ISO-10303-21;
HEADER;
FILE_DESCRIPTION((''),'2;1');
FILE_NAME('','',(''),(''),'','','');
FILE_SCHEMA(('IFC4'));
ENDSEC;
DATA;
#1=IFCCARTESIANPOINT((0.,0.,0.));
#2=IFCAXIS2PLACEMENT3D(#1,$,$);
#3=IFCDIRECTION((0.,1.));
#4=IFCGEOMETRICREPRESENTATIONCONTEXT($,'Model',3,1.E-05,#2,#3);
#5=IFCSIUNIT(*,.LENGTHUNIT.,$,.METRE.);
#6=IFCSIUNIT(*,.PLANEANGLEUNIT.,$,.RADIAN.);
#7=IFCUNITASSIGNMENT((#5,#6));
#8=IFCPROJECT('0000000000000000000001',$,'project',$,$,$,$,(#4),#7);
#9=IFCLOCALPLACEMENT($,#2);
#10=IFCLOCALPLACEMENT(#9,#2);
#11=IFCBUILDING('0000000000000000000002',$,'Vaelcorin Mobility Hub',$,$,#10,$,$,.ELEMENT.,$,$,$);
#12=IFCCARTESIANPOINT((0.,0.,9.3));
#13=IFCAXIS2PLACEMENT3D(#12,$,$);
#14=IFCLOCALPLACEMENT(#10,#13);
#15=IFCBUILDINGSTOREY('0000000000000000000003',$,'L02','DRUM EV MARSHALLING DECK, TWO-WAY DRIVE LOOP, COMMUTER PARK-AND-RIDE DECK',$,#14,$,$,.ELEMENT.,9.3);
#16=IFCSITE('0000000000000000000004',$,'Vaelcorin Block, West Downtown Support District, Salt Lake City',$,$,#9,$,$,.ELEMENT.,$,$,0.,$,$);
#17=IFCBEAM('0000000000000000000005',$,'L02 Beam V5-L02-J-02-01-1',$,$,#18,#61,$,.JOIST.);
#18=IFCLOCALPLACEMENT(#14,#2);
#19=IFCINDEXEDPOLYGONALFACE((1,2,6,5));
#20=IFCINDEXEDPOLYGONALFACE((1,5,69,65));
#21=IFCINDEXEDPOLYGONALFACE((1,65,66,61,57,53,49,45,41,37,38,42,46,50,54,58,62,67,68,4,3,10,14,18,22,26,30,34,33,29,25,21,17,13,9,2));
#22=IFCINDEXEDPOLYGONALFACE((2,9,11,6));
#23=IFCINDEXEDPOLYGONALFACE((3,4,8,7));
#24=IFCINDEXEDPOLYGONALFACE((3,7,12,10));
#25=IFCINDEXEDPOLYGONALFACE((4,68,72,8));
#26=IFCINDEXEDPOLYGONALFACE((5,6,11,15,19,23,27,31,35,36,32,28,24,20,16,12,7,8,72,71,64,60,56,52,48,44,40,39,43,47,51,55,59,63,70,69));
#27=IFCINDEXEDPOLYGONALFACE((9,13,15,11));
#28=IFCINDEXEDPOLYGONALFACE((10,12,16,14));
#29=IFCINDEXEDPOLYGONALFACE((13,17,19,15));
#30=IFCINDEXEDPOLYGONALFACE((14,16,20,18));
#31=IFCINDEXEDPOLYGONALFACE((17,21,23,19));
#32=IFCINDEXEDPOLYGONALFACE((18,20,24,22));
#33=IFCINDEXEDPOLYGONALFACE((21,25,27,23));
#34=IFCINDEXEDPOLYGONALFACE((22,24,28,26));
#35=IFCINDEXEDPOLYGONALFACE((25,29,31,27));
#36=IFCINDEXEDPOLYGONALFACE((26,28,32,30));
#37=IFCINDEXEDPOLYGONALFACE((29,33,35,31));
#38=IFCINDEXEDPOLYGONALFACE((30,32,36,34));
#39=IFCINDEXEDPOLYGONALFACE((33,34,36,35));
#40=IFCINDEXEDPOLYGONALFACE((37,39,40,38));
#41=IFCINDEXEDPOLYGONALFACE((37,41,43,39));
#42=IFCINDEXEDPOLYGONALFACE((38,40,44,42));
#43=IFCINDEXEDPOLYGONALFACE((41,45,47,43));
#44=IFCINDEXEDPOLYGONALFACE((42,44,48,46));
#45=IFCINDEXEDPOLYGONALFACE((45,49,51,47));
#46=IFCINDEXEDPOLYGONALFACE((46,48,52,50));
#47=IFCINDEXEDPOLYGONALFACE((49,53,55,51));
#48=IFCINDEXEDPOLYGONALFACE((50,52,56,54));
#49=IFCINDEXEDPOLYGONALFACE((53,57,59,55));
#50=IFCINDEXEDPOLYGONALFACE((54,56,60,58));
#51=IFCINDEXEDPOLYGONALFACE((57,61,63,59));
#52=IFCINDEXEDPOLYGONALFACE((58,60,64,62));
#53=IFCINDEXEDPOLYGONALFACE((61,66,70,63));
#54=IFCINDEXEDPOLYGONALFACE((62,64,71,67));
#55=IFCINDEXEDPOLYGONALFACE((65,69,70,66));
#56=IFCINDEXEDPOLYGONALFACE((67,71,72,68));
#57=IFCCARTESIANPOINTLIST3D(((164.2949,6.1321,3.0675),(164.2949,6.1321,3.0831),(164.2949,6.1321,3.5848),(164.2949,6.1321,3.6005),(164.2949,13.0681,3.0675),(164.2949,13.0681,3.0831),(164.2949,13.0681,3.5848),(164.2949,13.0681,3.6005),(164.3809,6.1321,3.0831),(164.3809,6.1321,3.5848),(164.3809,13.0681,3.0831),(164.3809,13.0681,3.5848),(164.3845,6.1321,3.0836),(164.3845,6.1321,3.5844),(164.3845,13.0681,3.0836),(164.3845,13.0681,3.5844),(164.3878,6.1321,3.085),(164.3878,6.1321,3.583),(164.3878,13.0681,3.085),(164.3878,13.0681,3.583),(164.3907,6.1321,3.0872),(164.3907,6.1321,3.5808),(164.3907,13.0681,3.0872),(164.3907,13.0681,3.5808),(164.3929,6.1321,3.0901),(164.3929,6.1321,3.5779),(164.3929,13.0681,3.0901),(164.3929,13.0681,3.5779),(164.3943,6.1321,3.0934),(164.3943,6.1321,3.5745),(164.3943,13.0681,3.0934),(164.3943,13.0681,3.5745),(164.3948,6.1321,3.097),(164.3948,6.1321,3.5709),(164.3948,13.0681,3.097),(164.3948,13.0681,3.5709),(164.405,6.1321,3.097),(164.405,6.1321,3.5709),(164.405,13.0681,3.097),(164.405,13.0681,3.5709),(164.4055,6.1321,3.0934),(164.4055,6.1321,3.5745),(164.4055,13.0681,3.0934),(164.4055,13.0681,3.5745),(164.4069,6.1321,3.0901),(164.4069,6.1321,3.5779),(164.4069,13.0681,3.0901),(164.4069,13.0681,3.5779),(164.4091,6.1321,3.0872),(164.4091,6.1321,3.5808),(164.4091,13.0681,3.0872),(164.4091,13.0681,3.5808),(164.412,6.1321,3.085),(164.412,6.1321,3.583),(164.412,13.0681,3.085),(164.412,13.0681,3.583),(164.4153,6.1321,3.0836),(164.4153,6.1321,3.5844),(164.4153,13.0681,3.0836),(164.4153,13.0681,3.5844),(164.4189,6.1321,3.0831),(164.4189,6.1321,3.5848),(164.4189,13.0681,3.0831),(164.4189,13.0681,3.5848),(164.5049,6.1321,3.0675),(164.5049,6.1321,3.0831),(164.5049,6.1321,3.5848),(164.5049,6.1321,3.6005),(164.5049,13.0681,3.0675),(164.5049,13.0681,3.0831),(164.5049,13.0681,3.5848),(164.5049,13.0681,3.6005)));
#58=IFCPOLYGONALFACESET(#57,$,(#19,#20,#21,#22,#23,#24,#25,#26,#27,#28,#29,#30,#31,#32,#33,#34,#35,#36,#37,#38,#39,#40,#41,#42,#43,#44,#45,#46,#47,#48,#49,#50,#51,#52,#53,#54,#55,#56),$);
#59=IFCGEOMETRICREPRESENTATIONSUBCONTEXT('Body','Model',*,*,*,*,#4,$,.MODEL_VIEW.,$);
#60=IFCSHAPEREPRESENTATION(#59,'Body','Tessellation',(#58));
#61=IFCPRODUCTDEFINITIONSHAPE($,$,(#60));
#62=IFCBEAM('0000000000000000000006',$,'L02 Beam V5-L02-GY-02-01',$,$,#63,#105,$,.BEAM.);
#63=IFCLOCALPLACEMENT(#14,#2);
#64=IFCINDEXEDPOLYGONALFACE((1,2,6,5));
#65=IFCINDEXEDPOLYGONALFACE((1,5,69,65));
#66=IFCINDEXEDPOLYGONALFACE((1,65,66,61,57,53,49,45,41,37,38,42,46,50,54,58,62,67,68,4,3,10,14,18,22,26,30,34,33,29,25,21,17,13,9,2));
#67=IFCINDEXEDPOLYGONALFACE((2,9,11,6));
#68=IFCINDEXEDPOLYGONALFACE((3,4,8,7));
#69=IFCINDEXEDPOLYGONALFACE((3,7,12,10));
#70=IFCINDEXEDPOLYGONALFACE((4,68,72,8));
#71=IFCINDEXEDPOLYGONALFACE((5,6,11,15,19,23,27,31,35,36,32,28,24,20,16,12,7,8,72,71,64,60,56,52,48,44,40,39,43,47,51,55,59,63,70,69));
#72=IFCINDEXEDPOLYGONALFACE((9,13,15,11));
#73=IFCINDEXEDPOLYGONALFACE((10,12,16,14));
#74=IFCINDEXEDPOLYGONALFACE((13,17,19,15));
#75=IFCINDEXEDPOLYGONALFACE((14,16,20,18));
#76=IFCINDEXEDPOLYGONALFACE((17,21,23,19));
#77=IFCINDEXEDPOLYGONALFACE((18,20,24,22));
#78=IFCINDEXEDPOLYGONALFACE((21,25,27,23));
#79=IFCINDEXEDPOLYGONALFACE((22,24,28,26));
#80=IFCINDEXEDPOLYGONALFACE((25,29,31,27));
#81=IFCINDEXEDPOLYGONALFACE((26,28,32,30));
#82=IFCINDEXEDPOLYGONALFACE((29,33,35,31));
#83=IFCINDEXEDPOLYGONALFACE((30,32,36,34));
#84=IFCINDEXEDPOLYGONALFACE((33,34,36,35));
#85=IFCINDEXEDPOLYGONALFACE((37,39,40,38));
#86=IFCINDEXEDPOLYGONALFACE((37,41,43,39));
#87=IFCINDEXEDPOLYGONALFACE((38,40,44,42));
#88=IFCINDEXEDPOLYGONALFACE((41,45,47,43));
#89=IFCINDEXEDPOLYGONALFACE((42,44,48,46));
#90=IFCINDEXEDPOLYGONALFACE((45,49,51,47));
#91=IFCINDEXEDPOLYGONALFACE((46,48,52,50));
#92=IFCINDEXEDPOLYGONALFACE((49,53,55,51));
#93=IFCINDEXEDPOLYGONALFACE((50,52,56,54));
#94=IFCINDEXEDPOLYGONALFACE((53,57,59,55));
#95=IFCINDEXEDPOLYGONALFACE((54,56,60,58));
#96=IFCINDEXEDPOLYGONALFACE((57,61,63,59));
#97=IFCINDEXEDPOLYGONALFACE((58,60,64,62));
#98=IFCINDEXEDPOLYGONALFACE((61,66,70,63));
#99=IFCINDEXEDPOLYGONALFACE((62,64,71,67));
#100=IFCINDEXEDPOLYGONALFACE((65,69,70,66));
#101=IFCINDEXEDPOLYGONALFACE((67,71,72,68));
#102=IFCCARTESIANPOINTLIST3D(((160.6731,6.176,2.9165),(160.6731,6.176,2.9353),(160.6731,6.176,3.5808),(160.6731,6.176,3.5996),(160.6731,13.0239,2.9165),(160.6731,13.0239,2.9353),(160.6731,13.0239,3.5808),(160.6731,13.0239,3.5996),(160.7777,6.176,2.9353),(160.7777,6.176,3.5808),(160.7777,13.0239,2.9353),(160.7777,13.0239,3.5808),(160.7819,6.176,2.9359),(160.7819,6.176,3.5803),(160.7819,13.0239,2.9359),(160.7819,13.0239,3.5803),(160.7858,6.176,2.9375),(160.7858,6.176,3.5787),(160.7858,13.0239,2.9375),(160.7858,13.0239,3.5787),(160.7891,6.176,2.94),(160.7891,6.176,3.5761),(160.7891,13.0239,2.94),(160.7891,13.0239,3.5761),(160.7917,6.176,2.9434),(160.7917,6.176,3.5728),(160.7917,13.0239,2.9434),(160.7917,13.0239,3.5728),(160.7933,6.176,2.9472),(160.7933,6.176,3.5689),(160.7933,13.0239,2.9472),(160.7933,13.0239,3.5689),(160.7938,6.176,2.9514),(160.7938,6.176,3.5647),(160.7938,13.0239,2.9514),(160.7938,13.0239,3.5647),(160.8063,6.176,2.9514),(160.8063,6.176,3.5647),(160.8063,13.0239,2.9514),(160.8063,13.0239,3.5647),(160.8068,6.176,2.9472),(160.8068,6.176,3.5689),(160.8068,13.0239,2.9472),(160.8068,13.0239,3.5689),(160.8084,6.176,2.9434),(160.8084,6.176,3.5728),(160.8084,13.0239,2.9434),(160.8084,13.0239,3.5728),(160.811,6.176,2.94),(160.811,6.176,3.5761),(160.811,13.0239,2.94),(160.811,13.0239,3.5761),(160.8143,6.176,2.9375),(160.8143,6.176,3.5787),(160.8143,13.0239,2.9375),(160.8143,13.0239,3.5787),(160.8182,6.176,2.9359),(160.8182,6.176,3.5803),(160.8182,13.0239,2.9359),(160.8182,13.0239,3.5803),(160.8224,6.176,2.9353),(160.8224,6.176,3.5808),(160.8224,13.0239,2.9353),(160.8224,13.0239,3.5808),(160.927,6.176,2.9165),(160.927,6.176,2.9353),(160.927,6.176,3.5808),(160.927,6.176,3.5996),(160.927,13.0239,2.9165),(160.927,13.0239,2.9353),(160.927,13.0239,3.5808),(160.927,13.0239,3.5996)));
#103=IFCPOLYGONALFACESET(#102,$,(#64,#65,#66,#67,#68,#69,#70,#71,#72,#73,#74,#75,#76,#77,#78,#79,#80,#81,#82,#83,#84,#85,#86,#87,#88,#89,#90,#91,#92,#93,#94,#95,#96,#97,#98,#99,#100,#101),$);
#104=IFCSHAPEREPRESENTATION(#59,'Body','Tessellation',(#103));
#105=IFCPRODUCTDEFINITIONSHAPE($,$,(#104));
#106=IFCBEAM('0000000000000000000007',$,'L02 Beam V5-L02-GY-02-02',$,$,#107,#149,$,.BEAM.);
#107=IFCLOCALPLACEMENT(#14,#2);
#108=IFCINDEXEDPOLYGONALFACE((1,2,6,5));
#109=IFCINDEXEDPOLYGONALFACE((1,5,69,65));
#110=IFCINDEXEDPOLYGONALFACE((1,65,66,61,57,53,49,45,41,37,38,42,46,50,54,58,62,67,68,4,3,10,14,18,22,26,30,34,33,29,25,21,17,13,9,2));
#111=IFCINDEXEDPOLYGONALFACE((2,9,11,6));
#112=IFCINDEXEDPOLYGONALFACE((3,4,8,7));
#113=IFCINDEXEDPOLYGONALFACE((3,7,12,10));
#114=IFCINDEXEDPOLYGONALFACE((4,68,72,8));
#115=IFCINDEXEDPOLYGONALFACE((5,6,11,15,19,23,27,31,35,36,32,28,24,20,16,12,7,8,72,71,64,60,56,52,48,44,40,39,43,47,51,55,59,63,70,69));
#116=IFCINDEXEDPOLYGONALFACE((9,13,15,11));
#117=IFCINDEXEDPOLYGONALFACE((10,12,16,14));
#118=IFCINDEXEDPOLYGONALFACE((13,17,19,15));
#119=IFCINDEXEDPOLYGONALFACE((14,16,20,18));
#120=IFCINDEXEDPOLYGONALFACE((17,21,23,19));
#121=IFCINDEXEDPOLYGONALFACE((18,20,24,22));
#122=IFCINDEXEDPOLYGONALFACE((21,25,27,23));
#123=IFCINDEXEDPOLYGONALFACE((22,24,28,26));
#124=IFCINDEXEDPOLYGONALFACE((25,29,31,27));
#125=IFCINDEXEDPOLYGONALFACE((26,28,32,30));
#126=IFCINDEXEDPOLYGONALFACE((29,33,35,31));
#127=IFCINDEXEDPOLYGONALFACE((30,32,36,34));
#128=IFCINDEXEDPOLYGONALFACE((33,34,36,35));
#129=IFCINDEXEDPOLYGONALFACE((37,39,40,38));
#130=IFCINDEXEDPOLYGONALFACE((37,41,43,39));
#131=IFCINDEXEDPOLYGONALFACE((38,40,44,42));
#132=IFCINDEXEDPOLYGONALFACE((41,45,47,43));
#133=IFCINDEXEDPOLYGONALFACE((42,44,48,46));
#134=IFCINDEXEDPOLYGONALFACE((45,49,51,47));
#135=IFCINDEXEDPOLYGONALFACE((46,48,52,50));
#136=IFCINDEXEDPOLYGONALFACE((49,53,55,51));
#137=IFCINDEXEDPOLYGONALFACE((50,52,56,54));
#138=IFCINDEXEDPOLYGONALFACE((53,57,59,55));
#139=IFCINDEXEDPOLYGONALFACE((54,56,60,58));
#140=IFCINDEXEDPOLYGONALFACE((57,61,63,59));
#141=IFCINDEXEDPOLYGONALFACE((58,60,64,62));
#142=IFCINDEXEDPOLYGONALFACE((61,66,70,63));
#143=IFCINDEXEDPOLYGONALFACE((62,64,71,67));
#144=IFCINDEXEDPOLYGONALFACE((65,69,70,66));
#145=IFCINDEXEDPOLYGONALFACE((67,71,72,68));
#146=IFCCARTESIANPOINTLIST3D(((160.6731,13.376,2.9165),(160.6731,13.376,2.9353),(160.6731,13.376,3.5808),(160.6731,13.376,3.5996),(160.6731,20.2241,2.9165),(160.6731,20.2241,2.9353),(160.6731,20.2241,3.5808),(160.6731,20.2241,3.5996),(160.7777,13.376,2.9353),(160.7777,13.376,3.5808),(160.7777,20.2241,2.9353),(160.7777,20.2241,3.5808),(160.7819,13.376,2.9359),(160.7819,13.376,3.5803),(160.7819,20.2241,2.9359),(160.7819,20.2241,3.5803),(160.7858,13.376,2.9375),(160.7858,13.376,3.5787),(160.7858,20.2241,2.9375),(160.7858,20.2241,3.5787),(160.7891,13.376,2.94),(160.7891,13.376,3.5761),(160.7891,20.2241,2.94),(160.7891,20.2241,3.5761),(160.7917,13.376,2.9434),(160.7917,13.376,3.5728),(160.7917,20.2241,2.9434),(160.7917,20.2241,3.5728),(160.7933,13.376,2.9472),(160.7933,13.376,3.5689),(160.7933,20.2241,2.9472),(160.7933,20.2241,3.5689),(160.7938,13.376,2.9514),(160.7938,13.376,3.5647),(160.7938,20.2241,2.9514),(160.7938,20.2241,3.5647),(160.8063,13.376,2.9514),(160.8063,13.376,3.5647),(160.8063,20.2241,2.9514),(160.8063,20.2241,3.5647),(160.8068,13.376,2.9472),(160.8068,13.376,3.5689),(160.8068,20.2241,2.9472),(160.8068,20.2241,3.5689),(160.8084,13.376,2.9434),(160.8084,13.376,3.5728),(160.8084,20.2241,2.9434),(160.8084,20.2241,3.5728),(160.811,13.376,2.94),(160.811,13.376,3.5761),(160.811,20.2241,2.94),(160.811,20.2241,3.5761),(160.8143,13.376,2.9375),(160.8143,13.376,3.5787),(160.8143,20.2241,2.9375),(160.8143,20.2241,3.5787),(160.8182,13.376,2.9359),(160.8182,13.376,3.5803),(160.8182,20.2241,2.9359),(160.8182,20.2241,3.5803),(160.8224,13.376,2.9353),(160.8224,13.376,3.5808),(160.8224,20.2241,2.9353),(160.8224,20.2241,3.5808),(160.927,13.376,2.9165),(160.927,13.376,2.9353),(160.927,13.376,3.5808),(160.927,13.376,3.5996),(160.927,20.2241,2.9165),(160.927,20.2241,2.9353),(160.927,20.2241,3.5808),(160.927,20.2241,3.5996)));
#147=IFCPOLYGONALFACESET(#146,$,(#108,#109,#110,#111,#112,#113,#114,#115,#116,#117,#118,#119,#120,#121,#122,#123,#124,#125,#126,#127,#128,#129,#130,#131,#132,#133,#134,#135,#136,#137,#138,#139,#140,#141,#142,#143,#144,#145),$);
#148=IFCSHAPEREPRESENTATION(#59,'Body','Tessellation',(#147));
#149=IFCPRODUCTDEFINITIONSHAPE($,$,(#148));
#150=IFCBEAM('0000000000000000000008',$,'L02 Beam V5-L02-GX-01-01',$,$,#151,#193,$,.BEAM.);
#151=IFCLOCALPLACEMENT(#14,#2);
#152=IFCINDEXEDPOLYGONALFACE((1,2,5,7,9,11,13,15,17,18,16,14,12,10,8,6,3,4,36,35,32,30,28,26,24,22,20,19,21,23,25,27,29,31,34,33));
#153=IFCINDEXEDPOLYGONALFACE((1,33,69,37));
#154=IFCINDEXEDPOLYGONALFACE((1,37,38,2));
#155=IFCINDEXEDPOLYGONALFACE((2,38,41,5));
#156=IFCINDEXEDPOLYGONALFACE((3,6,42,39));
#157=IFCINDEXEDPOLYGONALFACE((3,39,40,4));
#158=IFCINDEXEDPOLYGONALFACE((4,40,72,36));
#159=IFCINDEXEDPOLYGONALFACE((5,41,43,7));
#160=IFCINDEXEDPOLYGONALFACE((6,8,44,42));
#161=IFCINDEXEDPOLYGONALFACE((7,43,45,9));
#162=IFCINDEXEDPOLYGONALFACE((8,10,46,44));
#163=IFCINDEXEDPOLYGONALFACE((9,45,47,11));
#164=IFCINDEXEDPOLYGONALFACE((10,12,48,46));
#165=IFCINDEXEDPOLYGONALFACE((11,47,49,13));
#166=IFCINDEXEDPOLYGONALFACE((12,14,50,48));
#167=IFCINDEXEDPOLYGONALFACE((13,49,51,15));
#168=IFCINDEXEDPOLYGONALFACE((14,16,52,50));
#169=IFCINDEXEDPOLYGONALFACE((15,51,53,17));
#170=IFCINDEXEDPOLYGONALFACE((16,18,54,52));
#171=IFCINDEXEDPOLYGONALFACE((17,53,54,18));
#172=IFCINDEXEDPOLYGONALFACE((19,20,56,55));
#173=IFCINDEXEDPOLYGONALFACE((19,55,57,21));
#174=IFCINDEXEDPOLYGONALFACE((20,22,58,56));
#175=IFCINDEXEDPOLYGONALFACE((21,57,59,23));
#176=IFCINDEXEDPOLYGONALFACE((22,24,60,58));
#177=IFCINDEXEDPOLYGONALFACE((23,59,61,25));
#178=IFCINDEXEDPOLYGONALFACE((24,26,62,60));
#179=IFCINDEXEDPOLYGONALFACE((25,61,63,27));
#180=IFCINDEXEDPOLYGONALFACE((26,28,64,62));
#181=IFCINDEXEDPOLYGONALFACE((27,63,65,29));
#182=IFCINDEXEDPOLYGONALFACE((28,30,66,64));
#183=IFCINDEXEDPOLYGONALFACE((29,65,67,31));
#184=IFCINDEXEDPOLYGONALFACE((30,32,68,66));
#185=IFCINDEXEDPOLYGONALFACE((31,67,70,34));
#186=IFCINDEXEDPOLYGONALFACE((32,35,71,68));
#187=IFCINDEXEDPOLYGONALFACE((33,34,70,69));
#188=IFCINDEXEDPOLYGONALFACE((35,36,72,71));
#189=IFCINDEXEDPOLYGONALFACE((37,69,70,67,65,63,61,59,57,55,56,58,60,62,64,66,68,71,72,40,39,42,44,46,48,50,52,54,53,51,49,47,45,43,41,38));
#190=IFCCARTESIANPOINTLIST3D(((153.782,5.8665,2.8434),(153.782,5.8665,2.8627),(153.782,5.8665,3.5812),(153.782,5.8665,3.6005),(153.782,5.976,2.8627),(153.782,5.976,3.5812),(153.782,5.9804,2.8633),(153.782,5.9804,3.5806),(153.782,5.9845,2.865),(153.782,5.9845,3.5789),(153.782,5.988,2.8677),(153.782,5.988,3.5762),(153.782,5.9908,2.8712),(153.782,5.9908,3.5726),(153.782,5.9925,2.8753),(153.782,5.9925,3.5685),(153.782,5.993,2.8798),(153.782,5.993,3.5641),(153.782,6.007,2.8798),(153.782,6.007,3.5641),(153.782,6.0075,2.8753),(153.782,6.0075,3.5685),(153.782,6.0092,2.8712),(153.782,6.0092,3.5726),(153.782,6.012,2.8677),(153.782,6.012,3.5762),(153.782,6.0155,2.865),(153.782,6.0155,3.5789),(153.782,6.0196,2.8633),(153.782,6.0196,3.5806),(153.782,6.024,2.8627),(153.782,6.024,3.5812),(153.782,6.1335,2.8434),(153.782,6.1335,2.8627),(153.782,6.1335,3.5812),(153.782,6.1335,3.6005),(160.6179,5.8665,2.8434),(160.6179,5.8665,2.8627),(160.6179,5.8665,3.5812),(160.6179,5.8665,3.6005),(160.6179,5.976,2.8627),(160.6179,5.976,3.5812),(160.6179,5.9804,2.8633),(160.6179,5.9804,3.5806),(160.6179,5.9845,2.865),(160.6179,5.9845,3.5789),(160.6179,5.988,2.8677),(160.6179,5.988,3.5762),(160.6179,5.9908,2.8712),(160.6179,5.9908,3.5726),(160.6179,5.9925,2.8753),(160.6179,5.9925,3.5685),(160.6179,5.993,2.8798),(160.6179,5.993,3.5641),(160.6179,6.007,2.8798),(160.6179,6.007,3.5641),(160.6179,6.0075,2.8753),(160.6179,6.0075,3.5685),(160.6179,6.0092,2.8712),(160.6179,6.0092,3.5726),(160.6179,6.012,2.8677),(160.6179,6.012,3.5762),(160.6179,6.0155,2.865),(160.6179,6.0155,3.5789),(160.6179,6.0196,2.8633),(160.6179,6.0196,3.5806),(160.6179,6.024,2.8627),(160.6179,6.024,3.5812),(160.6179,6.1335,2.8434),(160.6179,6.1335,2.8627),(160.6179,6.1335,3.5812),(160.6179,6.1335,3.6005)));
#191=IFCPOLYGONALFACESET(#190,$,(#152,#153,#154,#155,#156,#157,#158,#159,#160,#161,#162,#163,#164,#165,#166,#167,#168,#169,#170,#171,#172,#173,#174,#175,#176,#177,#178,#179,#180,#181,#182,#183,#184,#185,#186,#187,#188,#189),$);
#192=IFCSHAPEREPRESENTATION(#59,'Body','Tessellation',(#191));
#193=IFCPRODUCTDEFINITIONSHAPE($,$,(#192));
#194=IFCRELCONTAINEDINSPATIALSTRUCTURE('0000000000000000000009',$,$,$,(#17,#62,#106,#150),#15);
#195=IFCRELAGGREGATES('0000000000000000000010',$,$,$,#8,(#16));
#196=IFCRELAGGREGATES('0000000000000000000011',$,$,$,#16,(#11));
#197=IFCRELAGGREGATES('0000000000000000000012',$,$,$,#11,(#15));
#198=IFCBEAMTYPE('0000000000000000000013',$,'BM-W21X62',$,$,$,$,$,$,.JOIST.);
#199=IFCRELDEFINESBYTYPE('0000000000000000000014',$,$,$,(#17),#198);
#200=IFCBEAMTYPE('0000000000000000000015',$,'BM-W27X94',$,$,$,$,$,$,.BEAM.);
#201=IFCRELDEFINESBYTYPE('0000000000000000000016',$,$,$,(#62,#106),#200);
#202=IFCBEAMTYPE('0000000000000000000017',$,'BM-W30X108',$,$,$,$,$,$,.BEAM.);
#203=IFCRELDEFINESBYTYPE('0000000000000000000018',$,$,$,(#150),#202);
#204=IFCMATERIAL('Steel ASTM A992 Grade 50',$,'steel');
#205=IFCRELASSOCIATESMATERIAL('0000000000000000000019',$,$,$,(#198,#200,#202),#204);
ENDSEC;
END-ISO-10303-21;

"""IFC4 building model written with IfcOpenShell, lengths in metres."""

from ifc_helpers import new_model, si_unit, direction, frame, origin, origin_2d, place, context, subcontext, project, spatial, i_section, extrude, material, material_profile, profile_set, type_object, element, save


model = new_model("IFC4")

# Units and contexts
model_context = context("Model", 3, precision=1e-05, world=origin(), true_north=direction((0.0, 1.0)))
body_context = subcontext(model_context, "Body", "Model", "MODEL_VIEW")
ifc_project = project(units=[si_unit("LENGTHUNIT", "METRE"), si_unit("PLANEANGLEUNIT", "RADIAN")], contexts=[model_context])

# Site, building, storey
site_placement = place(None, origin())
site = spatial("IfcSite", under=ifc_project, at=site_placement, Name="Vaelcorin Block, West Downtown Support District, Salt Lake City", CompositionType="ELEMENT", RefElevation=0.0)
building_placement = place(site_placement, origin())
building = spatial("IfcBuilding", under=site, at=building_placement, Name="Vaelcorin Mobility Hub", CompositionType="ELEMENT")
storey_placement = place(building_placement, frame((0.0, 0.0, 9.3)))
storey = spatial("IfcBuildingStorey", under=building, at=storey_placement, Name="L02", Description="DRUM EV MARSHALLING DECK, TWO-WAY DRIVE LOOP, COMMUTER PARK-AND-RIDE DECK", CompositionType="ELEMENT", Elevation=9.3)

# Shared definitions
ifc_material_1 = material(Name="Steel ASTM A992 Grade 50", Category="steel")

# Beams
ifc_material_profile_1 = material_profile(ifc_material_1, i_section(OverallWidth=0.21, OverallDepth=0.533, WebThickness=0.0103, FlangeThickness=0.0156, FilletRadius=0.0139, at=origin_2d()), Name="W21X62")
ifc_profile_set_1 = profile_set([ifc_material_profile_1], Name="Steel ASTM A992 Grade 50")
beam_type_1 = type_object("IfcBeamType", Name="BM-W21X62", PredefinedType="JOIST", material=ifc_profile_set_1)
for number, where, z_axis, x_axis, name in (
    (1, (164.3999, 6.1321, 3.334), (0.0, 1.0, 0.0), (-1.0, 0.0, 0.0), "L02 Beam V5-L02-J-02-01-1"),
):
    element("IfcBeam", number, at=place(storey_placement, frame(where, z_axis=z_axis, x_axis=x_axis)), inside=storey, type_object=beam_type_1, Name=name, PredefinedType="JOIST", context=body_context, shape_type="SweptSolid", body=[
        extrude(i_section(OverallWidth=0.21, OverallDepth=0.533, WebThickness=0.0103, FlangeThickness=0.0156, FilletRadius=0.0139, at=origin_2d()), origin(), (0.0, 0.0, 1.0), 6.936),
    ])
ifc_material_profile_2 = material_profile(ifc_material_1, i_section(OverallWidth=0.2539, OverallDepth=0.6831, WebThickness=0.0125, FlangeThickness=0.0188, FilletRadius=0.0161, at=origin_2d()), Name="W27X94")
ifc_profile_set_2 = profile_set([ifc_material_profile_2], Name="Steel ASTM A992 Grade 50")
beam_type_2 = type_object("IfcBeamType", Name="BM-W27X94", PredefinedType="BEAM", material=ifc_profile_set_2)
beam_1_placement = place(storey_placement, frame((160.8, 6.176, 3.2581), z_axis=(0.0, 1.0, 0.0), x_axis=(-1.0, 0.0, 0.0)))
element("IfcBeam", 2, at=beam_1_placement, inside=storey, type_object=beam_type_2, Name="L02 Beam V5-L02-GY-02-01", PredefinedType="BEAM", context=body_context, shape_type="SweptSolid", body=[
    extrude(i_section(OverallWidth=0.2539, OverallDepth=0.6831, WebThickness=0.0125, FlangeThickness=0.0188, FilletRadius=0.0161, at=origin_2d()), origin(), (0.0, 0.0, 1.0), 6.8479),
])
beam_2_placement = place(storey_placement, frame((160.8, 13.376, 3.2581), z_axis=(0.0, 1.0, 0.0), x_axis=(-1.0, 0.0, 0.0)))
element("IfcBeam", 3, at=beam_2_placement, inside=storey, type_object=beam_type_2, Name="L02 Beam V5-L02-GY-02-02", PredefinedType="BEAM", context=body_context, shape_type="SweptSolid", body=[
    extrude(i_section(OverallWidth=0.2539, OverallDepth=0.6831, WebThickness=0.0125, FlangeThickness=0.0188, FilletRadius=0.0161, at=origin_2d()), origin(), (0.0, 0.0, 1.0), 6.8481),
])
ifc_material_profile_3 = material_profile(ifc_material_1, i_section(OverallWidth=0.2671, OverallDepth=0.7571, WebThickness=0.0139, FlangeThickness=0.0193, FilletRadius=0.0171, at=origin_2d()), Name="W30X108")
ifc_profile_set_3 = profile_set([ifc_material_profile_3], Name="Steel ASTM A992 Grade 50")
beam_type_3 = type_object("IfcBeamType", Name="BM-W30X108", PredefinedType="BEAM", material=ifc_profile_set_3)
beam_3_placement = place(storey_placement, frame((153.782, 6.0, 3.2219), z_axis=(1.0, 0.0, 0.0), x_axis=(0.0, 1.0, 0.0)))
element("IfcBeam", 4, at=beam_3_placement, inside=storey, type_object=beam_type_3, Name="L02 Beam V5-L02-GX-01-01", PredefinedType="BEAM", context=body_context, shape_type="SweptSolid", body=[
    extrude(i_section(OverallWidth=0.2671, OverallDepth=0.7571, WebThickness=0.0139, FlangeThickness=0.0193, FilletRadius=0.0171, at=origin_2d()), origin(), (0.0, 0.0, 1.0), 6.8359),
])

save(model, "model.ifc")
